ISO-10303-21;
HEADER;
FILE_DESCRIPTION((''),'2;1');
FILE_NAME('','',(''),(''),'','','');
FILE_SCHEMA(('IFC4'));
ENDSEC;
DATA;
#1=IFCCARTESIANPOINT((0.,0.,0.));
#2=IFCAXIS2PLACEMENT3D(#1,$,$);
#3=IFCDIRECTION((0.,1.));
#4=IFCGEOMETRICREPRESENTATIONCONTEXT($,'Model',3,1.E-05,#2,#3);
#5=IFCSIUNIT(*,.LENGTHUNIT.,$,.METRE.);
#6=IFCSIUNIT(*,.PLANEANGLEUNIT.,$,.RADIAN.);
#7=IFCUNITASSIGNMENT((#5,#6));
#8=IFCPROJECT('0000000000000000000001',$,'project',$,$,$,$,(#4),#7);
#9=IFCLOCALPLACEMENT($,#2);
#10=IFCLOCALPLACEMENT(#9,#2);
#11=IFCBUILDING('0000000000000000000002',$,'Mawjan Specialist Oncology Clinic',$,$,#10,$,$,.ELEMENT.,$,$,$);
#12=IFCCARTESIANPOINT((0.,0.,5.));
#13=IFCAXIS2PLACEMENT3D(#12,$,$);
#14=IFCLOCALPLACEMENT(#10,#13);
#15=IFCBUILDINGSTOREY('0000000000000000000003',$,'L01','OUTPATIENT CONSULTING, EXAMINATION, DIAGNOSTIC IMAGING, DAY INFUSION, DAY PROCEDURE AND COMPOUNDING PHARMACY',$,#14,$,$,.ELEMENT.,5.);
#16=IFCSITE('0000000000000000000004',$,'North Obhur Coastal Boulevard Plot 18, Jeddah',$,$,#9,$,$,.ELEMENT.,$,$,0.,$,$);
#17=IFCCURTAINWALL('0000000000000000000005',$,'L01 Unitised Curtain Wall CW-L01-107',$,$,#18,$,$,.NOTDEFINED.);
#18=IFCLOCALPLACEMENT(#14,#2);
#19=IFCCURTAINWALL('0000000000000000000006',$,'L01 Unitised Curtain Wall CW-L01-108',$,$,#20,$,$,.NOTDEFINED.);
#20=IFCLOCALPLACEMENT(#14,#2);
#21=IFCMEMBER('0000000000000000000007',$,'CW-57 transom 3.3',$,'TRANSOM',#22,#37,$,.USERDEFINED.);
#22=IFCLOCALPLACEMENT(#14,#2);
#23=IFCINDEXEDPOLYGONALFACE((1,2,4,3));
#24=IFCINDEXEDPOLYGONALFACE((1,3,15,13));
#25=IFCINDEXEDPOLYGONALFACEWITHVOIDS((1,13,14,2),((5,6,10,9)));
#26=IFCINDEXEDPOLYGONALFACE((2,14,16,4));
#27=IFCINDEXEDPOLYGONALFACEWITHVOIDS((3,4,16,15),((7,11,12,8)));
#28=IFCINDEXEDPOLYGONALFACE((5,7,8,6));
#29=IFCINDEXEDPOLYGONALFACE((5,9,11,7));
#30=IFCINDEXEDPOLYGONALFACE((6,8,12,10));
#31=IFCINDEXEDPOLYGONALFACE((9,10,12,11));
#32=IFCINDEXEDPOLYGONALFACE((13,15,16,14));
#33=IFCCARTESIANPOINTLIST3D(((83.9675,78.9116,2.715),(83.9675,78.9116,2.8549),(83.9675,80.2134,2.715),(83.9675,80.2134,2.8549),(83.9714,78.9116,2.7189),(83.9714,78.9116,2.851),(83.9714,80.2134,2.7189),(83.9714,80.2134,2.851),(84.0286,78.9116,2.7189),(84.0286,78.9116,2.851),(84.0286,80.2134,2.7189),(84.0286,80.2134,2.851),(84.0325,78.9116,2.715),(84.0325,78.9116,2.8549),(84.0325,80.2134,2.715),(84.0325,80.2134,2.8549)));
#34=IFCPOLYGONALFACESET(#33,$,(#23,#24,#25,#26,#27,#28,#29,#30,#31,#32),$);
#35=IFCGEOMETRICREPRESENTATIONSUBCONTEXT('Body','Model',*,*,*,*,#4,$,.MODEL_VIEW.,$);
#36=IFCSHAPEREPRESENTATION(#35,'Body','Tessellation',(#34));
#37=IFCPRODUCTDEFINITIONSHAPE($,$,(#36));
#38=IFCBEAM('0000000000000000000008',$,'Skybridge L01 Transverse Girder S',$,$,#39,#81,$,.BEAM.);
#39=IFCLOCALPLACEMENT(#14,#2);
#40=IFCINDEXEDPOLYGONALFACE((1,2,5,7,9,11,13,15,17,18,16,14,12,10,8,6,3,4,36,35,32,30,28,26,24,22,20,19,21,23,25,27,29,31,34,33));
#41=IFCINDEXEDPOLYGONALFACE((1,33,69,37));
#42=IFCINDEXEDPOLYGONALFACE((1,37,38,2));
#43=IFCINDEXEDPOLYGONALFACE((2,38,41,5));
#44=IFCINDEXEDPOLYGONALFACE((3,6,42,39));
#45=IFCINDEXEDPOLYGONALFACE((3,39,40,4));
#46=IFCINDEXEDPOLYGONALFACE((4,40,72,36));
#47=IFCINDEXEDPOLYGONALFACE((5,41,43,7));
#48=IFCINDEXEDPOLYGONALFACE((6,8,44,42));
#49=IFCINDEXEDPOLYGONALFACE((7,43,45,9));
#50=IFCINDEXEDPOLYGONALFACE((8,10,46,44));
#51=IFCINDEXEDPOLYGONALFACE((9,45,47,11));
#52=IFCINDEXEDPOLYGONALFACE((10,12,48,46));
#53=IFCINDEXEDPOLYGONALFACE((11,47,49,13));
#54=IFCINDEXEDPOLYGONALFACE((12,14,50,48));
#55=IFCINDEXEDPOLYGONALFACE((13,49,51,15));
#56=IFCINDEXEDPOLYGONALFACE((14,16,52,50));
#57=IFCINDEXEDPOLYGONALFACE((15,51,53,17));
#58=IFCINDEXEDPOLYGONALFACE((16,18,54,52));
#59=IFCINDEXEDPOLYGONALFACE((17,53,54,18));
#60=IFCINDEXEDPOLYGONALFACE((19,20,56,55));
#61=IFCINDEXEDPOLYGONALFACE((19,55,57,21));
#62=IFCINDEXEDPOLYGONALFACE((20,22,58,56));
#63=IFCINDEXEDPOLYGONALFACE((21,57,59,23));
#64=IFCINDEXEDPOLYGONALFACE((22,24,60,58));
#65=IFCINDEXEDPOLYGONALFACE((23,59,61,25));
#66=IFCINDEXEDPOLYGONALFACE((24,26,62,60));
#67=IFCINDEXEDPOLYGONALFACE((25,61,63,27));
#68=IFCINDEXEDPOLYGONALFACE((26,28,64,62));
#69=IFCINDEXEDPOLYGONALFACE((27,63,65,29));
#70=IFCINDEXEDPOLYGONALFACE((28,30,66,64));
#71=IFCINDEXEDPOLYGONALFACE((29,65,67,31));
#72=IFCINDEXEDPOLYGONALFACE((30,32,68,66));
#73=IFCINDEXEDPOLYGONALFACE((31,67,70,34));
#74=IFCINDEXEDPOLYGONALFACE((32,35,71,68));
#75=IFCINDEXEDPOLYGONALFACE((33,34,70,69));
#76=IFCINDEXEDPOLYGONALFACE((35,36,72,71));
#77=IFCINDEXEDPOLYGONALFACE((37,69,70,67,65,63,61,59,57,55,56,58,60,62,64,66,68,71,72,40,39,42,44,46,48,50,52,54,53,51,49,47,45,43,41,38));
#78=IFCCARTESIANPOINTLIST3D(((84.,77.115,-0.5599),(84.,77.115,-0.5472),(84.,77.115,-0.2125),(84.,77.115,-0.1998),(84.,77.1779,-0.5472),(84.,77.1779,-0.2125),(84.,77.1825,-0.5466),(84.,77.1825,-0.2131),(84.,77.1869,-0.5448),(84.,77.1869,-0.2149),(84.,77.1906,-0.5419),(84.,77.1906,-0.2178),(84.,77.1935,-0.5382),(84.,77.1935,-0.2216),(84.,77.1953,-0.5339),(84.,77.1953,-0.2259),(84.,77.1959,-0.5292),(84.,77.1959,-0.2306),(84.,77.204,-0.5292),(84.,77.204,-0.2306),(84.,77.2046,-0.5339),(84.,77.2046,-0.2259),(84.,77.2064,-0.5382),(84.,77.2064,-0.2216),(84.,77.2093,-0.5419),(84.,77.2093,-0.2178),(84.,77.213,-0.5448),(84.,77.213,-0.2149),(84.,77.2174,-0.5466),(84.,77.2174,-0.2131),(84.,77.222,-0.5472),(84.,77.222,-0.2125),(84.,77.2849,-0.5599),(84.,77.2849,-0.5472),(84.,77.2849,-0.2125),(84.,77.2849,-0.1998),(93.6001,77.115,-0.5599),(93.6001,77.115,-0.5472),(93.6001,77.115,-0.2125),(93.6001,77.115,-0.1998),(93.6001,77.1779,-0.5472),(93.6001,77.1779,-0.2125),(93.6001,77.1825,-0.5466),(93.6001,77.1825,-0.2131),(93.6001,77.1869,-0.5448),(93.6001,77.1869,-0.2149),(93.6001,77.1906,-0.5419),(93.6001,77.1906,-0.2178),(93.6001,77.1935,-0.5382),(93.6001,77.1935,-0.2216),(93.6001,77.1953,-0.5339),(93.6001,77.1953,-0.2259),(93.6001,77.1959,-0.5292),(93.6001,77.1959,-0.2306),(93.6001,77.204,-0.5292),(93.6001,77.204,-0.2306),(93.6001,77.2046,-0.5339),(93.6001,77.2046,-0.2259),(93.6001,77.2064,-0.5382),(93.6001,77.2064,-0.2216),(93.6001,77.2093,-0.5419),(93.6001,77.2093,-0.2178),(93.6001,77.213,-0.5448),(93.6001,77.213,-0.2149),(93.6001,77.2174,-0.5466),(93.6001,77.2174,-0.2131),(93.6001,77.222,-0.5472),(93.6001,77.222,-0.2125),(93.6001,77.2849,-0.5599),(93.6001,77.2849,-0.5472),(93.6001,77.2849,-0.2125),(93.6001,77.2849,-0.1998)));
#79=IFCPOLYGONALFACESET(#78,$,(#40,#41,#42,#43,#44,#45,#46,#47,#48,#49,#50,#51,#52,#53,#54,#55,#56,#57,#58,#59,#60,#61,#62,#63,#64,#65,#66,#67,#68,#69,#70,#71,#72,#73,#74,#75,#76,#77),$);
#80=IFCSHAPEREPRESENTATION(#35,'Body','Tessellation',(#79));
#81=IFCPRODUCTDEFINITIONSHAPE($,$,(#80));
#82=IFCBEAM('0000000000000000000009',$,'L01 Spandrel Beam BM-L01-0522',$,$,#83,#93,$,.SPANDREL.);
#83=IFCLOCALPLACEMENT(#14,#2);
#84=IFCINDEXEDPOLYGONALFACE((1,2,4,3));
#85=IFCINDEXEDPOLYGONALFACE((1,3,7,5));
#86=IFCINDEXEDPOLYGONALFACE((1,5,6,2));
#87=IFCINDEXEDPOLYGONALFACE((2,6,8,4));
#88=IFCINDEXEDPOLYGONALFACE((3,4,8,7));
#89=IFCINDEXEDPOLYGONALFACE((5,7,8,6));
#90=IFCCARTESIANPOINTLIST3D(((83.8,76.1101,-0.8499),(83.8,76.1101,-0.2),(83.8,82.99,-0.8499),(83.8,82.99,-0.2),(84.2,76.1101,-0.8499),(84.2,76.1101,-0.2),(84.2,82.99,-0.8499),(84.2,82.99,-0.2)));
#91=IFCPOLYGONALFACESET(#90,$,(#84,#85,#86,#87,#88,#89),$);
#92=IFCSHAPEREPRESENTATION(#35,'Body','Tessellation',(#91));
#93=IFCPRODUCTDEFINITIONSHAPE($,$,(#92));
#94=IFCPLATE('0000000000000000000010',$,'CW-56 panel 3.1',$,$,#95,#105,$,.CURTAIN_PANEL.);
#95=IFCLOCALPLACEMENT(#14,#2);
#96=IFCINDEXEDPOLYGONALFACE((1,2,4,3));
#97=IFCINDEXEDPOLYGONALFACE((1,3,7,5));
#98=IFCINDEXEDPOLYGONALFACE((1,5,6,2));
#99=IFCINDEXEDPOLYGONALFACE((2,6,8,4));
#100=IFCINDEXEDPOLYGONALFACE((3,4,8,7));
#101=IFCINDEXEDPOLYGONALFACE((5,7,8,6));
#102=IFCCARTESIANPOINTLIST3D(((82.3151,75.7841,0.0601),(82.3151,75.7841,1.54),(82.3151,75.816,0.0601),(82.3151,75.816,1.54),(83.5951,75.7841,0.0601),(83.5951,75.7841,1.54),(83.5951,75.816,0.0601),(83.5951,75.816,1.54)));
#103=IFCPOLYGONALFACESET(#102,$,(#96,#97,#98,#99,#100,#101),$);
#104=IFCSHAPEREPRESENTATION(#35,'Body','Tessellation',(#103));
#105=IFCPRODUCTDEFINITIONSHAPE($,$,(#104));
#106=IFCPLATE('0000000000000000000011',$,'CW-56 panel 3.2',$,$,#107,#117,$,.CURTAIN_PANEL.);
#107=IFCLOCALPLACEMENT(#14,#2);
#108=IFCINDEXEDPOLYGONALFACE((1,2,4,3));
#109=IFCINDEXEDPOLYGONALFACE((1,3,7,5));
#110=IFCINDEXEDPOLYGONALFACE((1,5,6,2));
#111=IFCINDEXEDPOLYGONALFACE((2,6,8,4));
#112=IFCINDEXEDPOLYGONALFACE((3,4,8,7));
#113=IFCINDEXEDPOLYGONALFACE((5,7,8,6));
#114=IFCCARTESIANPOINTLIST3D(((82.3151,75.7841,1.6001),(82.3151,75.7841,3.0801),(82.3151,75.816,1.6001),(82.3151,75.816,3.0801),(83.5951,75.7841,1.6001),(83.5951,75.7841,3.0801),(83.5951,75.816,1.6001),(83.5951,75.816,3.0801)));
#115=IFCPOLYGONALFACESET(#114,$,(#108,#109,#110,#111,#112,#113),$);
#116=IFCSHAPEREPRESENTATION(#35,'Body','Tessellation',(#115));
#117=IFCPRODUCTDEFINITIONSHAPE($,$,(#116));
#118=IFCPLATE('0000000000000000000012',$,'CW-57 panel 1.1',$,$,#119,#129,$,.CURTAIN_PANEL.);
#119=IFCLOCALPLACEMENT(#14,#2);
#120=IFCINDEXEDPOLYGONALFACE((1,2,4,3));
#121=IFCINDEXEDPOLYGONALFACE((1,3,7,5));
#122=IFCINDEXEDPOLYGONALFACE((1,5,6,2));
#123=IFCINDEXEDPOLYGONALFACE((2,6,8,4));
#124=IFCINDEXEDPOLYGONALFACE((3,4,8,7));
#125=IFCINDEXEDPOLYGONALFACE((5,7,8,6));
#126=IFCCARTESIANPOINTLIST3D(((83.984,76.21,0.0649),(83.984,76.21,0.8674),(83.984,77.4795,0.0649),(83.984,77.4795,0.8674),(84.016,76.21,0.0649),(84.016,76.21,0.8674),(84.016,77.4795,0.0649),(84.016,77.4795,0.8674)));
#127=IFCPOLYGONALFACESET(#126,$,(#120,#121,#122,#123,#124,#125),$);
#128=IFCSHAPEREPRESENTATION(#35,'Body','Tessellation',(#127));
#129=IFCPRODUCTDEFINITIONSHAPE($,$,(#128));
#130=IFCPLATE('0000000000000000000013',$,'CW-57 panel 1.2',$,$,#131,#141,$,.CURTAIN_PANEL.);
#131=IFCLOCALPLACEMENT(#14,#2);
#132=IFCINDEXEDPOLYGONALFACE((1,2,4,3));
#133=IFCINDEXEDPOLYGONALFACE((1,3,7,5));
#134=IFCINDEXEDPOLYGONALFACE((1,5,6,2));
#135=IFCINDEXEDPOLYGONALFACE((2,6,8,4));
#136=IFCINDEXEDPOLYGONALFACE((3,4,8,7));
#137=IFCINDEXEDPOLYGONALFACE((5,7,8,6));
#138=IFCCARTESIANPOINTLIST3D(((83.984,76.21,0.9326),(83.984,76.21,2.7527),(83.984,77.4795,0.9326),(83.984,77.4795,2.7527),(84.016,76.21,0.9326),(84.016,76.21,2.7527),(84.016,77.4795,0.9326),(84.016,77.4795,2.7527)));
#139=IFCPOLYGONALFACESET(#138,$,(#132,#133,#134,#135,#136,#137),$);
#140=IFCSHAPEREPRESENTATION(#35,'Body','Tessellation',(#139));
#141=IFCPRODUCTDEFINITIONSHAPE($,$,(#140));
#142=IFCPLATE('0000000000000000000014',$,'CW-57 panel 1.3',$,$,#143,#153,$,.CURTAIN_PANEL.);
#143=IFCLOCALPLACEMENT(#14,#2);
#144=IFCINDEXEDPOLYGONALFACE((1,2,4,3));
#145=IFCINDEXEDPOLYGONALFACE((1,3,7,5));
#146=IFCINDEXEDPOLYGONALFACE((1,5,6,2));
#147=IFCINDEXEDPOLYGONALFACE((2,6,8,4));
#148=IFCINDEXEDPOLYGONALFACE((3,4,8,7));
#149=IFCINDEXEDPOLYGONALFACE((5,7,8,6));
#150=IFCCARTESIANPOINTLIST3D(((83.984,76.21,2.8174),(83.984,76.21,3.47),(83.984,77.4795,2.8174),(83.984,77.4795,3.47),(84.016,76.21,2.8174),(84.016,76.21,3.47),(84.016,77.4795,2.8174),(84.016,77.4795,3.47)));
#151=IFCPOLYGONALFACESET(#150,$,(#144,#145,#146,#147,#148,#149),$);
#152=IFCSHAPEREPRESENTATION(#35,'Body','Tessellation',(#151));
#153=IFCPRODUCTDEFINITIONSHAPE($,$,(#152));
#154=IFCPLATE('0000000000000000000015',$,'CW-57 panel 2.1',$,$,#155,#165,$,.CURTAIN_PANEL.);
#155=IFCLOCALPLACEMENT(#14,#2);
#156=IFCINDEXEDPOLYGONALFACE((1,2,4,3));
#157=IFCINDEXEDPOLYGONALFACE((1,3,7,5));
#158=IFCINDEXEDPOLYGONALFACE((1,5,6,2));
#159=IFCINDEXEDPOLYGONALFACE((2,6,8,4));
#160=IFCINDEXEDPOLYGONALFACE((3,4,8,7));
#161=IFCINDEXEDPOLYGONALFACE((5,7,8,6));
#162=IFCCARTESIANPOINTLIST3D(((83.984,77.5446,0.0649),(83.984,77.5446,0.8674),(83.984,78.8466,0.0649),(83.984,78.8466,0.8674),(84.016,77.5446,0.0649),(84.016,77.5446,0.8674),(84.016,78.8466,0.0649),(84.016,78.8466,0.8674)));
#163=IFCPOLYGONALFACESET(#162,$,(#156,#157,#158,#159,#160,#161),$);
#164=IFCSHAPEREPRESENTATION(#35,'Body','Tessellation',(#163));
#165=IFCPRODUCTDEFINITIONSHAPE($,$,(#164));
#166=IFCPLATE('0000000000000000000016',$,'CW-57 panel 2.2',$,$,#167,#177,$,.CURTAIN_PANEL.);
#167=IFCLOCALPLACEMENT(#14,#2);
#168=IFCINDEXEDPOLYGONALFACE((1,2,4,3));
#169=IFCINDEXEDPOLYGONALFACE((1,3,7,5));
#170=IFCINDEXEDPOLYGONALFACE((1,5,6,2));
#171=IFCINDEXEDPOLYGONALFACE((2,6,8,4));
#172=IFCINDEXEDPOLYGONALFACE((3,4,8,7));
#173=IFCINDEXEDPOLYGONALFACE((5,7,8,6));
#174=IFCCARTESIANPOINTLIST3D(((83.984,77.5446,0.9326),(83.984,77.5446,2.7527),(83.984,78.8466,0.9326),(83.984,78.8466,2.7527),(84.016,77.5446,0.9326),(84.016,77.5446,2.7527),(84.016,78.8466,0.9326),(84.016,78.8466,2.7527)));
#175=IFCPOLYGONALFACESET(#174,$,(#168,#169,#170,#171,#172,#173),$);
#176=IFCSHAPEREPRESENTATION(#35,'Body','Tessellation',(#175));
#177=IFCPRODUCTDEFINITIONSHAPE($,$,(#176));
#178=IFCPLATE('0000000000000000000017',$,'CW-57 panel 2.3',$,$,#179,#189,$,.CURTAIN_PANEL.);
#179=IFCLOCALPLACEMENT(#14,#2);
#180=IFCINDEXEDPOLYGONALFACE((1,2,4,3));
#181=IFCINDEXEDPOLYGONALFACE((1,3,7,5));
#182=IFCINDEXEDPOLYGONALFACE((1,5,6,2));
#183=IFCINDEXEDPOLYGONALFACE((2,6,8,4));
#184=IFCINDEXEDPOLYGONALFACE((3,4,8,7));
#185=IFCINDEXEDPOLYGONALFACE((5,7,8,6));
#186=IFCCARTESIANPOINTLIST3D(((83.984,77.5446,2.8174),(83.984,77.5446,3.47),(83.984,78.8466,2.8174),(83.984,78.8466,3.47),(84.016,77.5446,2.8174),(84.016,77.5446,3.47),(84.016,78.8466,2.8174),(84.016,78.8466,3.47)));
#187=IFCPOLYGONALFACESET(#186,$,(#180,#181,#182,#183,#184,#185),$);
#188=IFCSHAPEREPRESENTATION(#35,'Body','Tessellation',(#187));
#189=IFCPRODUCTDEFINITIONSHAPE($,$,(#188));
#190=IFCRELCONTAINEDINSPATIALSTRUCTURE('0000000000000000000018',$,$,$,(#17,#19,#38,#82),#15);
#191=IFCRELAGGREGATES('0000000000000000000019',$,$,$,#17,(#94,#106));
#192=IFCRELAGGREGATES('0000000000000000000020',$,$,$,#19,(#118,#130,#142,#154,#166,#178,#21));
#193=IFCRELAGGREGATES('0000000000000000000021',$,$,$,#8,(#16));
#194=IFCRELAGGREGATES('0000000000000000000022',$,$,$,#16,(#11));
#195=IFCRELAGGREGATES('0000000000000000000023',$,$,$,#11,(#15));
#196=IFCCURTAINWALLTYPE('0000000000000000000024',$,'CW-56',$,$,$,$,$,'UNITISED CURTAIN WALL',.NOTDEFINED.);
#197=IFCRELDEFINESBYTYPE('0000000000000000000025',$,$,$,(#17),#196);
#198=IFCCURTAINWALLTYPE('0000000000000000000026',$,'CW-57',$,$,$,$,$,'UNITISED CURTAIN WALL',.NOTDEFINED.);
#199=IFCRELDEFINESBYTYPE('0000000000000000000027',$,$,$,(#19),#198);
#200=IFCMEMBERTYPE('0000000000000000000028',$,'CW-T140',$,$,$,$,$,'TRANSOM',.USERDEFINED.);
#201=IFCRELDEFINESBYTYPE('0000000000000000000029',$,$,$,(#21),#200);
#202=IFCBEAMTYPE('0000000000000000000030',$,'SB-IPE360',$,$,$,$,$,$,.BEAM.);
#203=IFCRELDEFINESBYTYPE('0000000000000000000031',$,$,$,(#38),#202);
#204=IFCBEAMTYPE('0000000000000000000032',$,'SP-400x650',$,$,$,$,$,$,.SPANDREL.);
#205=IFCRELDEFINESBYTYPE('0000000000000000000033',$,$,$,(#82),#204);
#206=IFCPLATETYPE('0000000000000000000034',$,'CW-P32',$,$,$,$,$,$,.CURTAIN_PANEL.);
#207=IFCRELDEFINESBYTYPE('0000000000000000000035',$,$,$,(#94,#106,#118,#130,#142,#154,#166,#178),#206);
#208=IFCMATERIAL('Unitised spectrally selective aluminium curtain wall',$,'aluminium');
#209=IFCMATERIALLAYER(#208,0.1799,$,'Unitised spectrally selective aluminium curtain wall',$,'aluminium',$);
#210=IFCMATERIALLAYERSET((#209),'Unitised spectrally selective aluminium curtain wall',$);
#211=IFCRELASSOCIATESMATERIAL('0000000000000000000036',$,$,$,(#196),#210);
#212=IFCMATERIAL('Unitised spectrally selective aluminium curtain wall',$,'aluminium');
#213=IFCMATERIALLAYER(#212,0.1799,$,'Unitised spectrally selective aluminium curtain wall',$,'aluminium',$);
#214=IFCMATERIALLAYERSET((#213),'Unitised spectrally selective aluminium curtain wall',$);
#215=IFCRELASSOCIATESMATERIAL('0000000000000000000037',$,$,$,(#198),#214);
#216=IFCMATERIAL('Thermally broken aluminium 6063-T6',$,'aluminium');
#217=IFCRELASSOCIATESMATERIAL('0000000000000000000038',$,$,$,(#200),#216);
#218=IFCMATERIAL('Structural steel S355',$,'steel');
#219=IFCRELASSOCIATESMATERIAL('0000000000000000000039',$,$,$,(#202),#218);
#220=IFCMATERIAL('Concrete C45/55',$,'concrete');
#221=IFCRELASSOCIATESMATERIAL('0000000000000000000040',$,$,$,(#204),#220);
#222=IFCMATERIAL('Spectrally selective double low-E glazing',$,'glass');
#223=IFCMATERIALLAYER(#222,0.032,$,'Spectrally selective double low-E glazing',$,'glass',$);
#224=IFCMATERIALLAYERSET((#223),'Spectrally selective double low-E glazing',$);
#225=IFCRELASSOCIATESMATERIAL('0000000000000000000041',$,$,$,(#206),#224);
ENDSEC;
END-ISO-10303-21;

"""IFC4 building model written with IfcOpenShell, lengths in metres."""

from ifc_helpers import new_model, si_unit, direction, frame, origin, origin_2d, place, context, subcontext, project, spatial, rectangle, hollow_rectangle, i_section, extrude, material, layer, layer_set, material_profile, profile_set, type_object, element, aggregate, save


model = new_model("IFC4")

# Units and contexts
model_context = context("Model", 3, precision=1e-05, world=origin(), true_north=direction((0.0, 1.0)))
body_context = subcontext(model_context, "Body", "Model", "MODEL_VIEW")
ifc_project = project(units=[si_unit("LENGTHUNIT", "METRE"), si_unit("PLANEANGLEUNIT", "RADIAN")], contexts=[model_context])

# Site, building, storey
site_placement = place(None, origin())
site = spatial("IfcSite", under=ifc_project, at=site_placement, Name="North Obhur Coastal Boulevard Plot 18, Jeddah", CompositionType="ELEMENT", RefElevation=0.0)
building_placement = place(site_placement, origin())
building = spatial("IfcBuilding", under=site, at=building_placement, Name="Mawjan Specialist Oncology Clinic", CompositionType="ELEMENT")
storey_placement = place(building_placement, frame((0.0, 0.0, 5.0)))
storey = spatial("IfcBuildingStorey", under=building, at=storey_placement, Name="L01", Description="OUTPATIENT CONSULTING, EXAMINATION, DIAGNOSTIC IMAGING, DAY INFUSION, DAY PROCEDURE AND COMPOUNDING PHARMACY", CompositionType="ELEMENT", Elevation=5.0)

# Curtain wall
ifc_material_1 = material(Name="Unitised spectrally selective aluminium curtain wall", Category="aluminium")
ifc_layer_1 = layer(ifc_material_1, 0.1799, Name="Unitised spectrally selective aluminium curtain wall", Category="aluminium")
ifc_layer_set_1 = layer_set([ifc_layer_1], Name="Unitised spectrally selective aluminium curtain wall")
curtain_wall_type_1 = type_object("IfcCurtainWallType", Name="CW-56", ElementType="UNITISED CURTAIN WALL", PredefinedType="NOTDEFINED", material=ifc_layer_set_1)
curtain_wall_1_placement = place(storey_placement, origin())
curtain_wall_1 = element("IfcCurtainWall", 1, at=curtain_wall_1_placement, inside=storey, type_object=curtain_wall_type_1, Name="L01 Unitised Curtain Wall CW-L01-107", PredefinedType="NOTDEFINED")

# Curtain wall
ifc_material_2 = material(Name="Unitised spectrally selective aluminium curtain wall", Category="aluminium")
ifc_layer_2 = layer(ifc_material_2, 0.1799, Name="Unitised spectrally selective aluminium curtain wall", Category="aluminium")
ifc_layer_set_2 = layer_set([ifc_layer_2], Name="Unitised spectrally selective aluminium curtain wall")
curtain_wall_type_2 = type_object("IfcCurtainWallType", Name="CW-57", ElementType="UNITISED CURTAIN WALL", PredefinedType="NOTDEFINED", material=ifc_layer_set_2)
curtain_wall_2_placement = place(storey_placement, origin())
curtain_wall_2 = element("IfcCurtainWall", 2, at=curtain_wall_2_placement, inside=storey, type_object=curtain_wall_type_2, Name="L01 Unitised Curtain Wall CW-L01-108", PredefinedType="NOTDEFINED")

# Member
ifc_material_3 = material(Name="Thermally broken aluminium 6063-T6", Category="aluminium")
ifc_material_profile_1 = material_profile(ifc_material_3, hollow_rectangle(XDim=0.0649, YDim=0.1399, WallThickness=0.0039, at=origin_2d()), Name="ALU TRANSOM 140x65x4", Category="aluminium")
ifc_profile_set_1 = profile_set([ifc_material_profile_1], Name="Thermally broken aluminium 6063-T6")
member_type_1 = type_object("IfcMemberType", Name="CW-T140", ElementType="TRANSOM", PredefinedType="USERDEFINED", material=ifc_profile_set_1)
member_1_placement = place(storey_placement, frame((84.0, 78.9116, 2.7849), z_axis=(0.0, 1.0, 0.0), x_axis=(-1.0, 0.0, 0.0)))
member_1 = element("IfcMember", 3, at=member_1_placement, type_object=member_type_1, Name="CW-57 transom 3.3", ObjectType="TRANSOM", PredefinedType="USERDEFINED", context=body_context, shape_type="SweptSolid", body=[
    extrude(hollow_rectangle(XDim=0.0649, YDim=0.1399, WallThickness=0.0039, at=origin_2d()), origin(), (0.0, 0.0, 1.0), 1.3018),
])

# Beams
ifc_material_4 = material(Name="Structural steel S355", Category="steel")
ifc_material_profile_2 = material_profile(ifc_material_4, i_section(OverallWidth=0.1699, OverallDepth=0.3601, WebThickness=0.0081, FlangeThickness=0.0127, FilletRadius=0.0181, at=origin_2d()), Name="IPE 360", Category="steel")
ifc_profile_set_2 = profile_set([ifc_material_profile_2], Name="Structural steel S355")
beam_type_1 = type_object("IfcBeamType", Name="SB-IPE360", PredefinedType="BEAM", material=ifc_profile_set_2)
beam_1_placement = place(storey_placement, frame((84.0, 77.2, -0.3799), z_axis=(1.0, 0.0, 0.0), x_axis=(0.0, 1.0, 0.0)))
element("IfcBeam", 4, at=beam_1_placement, inside=storey, type_object=beam_type_1, Name="Skybridge L01 Transverse Girder S", PredefinedType="BEAM", context=body_context, shape_type="SweptSolid", body=[
    extrude(i_section(OverallWidth=0.1699, OverallDepth=0.3601, WebThickness=0.0081, FlangeThickness=0.0127, FilletRadius=0.0181, at=origin_2d()), origin(), (0.0, 0.0, 1.0), 9.6001),
])
ifc_material_5 = material(Name="Concrete C45/55", Category="concrete")
ifc_material_profile_3 = material_profile(ifc_material_5, rectangle(XDim=0.3999, YDim=0.6499, at=origin_2d()), Name="RC BM 400x650", Category="concrete")
ifc_profile_set_3 = profile_set([ifc_material_profile_3], Name="Concrete C45/55")
beam_type_2 = type_object("IfcBeamType", Name="SP-400x650", PredefinedType="SPANDREL", material=ifc_profile_set_3)
beam_2_placement = place(storey_placement, frame((84.0, 76.1101, -0.5249), z_axis=(0.0, 1.0, 0.0), x_axis=(-1.0, 0.0, 0.0)))
element("IfcBeam", 5, at=beam_2_placement, inside=storey, type_object=beam_type_2, Name="L01 Spandrel Beam BM-L01-0522", PredefinedType="SPANDREL", context=body_context, shape_type="SweptSolid", body=[
    extrude(rectangle(XDim=0.3999, YDim=0.6499, at=origin_2d()), origin(), (0.0, 0.0, 1.0), 6.8799),
])

# Plates
ifc_material_6 = material(Name="Spectrally selective double low-E glazing", Category="glass")
ifc_layer_3 = layer(ifc_material_6, 0.032, Name="Spectrally selective double low-E glazing", Category="glass")
ifc_layer_set_3 = layer_set([ifc_layer_3], Name="Spectrally selective double low-E glazing")
plate_type = type_object("IfcPlateType", Name="CW-P32", PredefinedType="CURTAIN_PANEL", material=ifc_layer_set_3)
plate_1_placement = place(storey_placement, frame((82.9551, 75.8, 0.0601), z_axis=(0.0, 0.0, 1.0), x_axis=(1.0, 0.0, 0.0)))
plate_1 = element("IfcPlate", 6, at=plate_1_placement, type_object=plate_type, Name="CW-56 panel 3.1", PredefinedType="CURTAIN_PANEL", context=body_context, shape_type="SweptSolid", body=[
    extrude(rectangle(XDim=1.28, YDim=0.032, at=origin_2d()), origin(), (0.0, 0.0, 1.0), 1.48),
])
plate_2_placement = place(storey_placement, frame((82.9551, 75.8, 1.6001), z_axis=(0.0, 0.0, 1.0), x_axis=(1.0, 0.0, 0.0)))
plate_2 = element("IfcPlate", 7, at=plate_2_placement, type_object=plate_type, Name="CW-56 panel 3.2", PredefinedType="CURTAIN_PANEL", context=body_context, shape_type="SweptSolid", body=[
    extrude(rectangle(XDim=1.28, YDim=0.032, at=origin_2d()), origin(), (0.0, 0.0, 1.0), 1.48),
])
aggregate(curtain_wall_1, [plate_1, plate_2])
plate_3_placement = place(storey_placement, frame((84.0, 76.8447, 0.0649), z_axis=(0.0, 0.0, 1.0), x_axis=(0.0, 1.0, 0.0)))
plate_3 = element("IfcPlate", 8, at=plate_3_placement, type_object=plate_type, Name="CW-57 panel 1.1", PredefinedType="CURTAIN_PANEL", context=body_context, shape_type="SweptSolid", body=[
    extrude(rectangle(XDim=1.2695, YDim=0.032, at=origin_2d()), origin(), (0.0, 0.0, 1.0), 0.8025),
])
plate_4_placement = place(storey_placement, frame((84.0, 76.8447, 0.9326), z_axis=(0.0, 0.0, 1.0), x_axis=(0.0, 1.0, 0.0)))
plate_4 = element("IfcPlate", 9, at=plate_4_placement, type_object=plate_type, Name="CW-57 panel 1.2", PredefinedType="CURTAIN_PANEL", context=body_context, shape_type="SweptSolid", body=[
    extrude(rectangle(XDim=1.2695, YDim=0.032, at=origin_2d()), origin(), (0.0, 0.0, 1.0), 1.8201),
])
plate_5_placement = place(storey_placement, frame((84.0, 76.8447, 2.8174), z_axis=(0.0, 0.0, 1.0), x_axis=(0.0, 1.0, 0.0)))
plate_5 = element("IfcPlate", 10, at=plate_5_placement, type_object=plate_type, Name="CW-57 panel 1.3", PredefinedType="CURTAIN_PANEL", context=body_context, shape_type="SweptSolid", body=[
    extrude(rectangle(XDim=1.2695, YDim=0.032, at=origin_2d()), origin(), (0.0, 0.0, 1.0), 0.6526),
])
plate_6_placement = place(storey_placement, frame((84.0, 78.1956, 0.0649), z_axis=(0.0, 0.0, 1.0), x_axis=(0.0, 1.0, 0.0)))
plate_6 = element("IfcPlate", 11, at=plate_6_placement, type_object=plate_type, Name="CW-57 panel 2.1", PredefinedType="CURTAIN_PANEL", context=body_context, shape_type="SweptSolid", body=[
    extrude(rectangle(XDim=1.302, YDim=0.032, at=origin_2d()), origin(), (0.0, 0.0, 1.0), 0.8025),
])
plate_7_placement = place(storey_placement, frame((84.0, 78.1956, 0.9326), z_axis=(0.0, 0.0, 1.0), x_axis=(0.0, 1.0, 0.0)))
plate_7 = element("IfcPlate", 12, at=plate_7_placement, type_object=plate_type, Name="CW-57 panel 2.2", PredefinedType="CURTAIN_PANEL", context=body_context, shape_type="SweptSolid", body=[
    extrude(rectangle(XDim=1.302, YDim=0.032, at=origin_2d()), origin(), (0.0, 0.0, 1.0), 1.8201),
])
plate_8_placement = place(storey_placement, frame((84.0, 78.1956, 2.8174), z_axis=(0.0, 0.0, 1.0), x_axis=(0.0, 1.0, 0.0)))
plate_8 = element("IfcPlate", 13, at=plate_8_placement, type_object=plate_type, Name="CW-57 panel 2.3", PredefinedType="CURTAIN_PANEL", context=body_context, shape_type="SweptSolid", body=[
    extrude(rectangle(XDim=1.302, YDim=0.032, at=origin_2d()), origin(), (0.0, 0.0, 1.0), 0.6526),
])
aggregate(curtain_wall_2, [plate_3, plate_4, plate_5, plate_6, plate_7, plate_8, member_1])

save(model, "model.ifc")
